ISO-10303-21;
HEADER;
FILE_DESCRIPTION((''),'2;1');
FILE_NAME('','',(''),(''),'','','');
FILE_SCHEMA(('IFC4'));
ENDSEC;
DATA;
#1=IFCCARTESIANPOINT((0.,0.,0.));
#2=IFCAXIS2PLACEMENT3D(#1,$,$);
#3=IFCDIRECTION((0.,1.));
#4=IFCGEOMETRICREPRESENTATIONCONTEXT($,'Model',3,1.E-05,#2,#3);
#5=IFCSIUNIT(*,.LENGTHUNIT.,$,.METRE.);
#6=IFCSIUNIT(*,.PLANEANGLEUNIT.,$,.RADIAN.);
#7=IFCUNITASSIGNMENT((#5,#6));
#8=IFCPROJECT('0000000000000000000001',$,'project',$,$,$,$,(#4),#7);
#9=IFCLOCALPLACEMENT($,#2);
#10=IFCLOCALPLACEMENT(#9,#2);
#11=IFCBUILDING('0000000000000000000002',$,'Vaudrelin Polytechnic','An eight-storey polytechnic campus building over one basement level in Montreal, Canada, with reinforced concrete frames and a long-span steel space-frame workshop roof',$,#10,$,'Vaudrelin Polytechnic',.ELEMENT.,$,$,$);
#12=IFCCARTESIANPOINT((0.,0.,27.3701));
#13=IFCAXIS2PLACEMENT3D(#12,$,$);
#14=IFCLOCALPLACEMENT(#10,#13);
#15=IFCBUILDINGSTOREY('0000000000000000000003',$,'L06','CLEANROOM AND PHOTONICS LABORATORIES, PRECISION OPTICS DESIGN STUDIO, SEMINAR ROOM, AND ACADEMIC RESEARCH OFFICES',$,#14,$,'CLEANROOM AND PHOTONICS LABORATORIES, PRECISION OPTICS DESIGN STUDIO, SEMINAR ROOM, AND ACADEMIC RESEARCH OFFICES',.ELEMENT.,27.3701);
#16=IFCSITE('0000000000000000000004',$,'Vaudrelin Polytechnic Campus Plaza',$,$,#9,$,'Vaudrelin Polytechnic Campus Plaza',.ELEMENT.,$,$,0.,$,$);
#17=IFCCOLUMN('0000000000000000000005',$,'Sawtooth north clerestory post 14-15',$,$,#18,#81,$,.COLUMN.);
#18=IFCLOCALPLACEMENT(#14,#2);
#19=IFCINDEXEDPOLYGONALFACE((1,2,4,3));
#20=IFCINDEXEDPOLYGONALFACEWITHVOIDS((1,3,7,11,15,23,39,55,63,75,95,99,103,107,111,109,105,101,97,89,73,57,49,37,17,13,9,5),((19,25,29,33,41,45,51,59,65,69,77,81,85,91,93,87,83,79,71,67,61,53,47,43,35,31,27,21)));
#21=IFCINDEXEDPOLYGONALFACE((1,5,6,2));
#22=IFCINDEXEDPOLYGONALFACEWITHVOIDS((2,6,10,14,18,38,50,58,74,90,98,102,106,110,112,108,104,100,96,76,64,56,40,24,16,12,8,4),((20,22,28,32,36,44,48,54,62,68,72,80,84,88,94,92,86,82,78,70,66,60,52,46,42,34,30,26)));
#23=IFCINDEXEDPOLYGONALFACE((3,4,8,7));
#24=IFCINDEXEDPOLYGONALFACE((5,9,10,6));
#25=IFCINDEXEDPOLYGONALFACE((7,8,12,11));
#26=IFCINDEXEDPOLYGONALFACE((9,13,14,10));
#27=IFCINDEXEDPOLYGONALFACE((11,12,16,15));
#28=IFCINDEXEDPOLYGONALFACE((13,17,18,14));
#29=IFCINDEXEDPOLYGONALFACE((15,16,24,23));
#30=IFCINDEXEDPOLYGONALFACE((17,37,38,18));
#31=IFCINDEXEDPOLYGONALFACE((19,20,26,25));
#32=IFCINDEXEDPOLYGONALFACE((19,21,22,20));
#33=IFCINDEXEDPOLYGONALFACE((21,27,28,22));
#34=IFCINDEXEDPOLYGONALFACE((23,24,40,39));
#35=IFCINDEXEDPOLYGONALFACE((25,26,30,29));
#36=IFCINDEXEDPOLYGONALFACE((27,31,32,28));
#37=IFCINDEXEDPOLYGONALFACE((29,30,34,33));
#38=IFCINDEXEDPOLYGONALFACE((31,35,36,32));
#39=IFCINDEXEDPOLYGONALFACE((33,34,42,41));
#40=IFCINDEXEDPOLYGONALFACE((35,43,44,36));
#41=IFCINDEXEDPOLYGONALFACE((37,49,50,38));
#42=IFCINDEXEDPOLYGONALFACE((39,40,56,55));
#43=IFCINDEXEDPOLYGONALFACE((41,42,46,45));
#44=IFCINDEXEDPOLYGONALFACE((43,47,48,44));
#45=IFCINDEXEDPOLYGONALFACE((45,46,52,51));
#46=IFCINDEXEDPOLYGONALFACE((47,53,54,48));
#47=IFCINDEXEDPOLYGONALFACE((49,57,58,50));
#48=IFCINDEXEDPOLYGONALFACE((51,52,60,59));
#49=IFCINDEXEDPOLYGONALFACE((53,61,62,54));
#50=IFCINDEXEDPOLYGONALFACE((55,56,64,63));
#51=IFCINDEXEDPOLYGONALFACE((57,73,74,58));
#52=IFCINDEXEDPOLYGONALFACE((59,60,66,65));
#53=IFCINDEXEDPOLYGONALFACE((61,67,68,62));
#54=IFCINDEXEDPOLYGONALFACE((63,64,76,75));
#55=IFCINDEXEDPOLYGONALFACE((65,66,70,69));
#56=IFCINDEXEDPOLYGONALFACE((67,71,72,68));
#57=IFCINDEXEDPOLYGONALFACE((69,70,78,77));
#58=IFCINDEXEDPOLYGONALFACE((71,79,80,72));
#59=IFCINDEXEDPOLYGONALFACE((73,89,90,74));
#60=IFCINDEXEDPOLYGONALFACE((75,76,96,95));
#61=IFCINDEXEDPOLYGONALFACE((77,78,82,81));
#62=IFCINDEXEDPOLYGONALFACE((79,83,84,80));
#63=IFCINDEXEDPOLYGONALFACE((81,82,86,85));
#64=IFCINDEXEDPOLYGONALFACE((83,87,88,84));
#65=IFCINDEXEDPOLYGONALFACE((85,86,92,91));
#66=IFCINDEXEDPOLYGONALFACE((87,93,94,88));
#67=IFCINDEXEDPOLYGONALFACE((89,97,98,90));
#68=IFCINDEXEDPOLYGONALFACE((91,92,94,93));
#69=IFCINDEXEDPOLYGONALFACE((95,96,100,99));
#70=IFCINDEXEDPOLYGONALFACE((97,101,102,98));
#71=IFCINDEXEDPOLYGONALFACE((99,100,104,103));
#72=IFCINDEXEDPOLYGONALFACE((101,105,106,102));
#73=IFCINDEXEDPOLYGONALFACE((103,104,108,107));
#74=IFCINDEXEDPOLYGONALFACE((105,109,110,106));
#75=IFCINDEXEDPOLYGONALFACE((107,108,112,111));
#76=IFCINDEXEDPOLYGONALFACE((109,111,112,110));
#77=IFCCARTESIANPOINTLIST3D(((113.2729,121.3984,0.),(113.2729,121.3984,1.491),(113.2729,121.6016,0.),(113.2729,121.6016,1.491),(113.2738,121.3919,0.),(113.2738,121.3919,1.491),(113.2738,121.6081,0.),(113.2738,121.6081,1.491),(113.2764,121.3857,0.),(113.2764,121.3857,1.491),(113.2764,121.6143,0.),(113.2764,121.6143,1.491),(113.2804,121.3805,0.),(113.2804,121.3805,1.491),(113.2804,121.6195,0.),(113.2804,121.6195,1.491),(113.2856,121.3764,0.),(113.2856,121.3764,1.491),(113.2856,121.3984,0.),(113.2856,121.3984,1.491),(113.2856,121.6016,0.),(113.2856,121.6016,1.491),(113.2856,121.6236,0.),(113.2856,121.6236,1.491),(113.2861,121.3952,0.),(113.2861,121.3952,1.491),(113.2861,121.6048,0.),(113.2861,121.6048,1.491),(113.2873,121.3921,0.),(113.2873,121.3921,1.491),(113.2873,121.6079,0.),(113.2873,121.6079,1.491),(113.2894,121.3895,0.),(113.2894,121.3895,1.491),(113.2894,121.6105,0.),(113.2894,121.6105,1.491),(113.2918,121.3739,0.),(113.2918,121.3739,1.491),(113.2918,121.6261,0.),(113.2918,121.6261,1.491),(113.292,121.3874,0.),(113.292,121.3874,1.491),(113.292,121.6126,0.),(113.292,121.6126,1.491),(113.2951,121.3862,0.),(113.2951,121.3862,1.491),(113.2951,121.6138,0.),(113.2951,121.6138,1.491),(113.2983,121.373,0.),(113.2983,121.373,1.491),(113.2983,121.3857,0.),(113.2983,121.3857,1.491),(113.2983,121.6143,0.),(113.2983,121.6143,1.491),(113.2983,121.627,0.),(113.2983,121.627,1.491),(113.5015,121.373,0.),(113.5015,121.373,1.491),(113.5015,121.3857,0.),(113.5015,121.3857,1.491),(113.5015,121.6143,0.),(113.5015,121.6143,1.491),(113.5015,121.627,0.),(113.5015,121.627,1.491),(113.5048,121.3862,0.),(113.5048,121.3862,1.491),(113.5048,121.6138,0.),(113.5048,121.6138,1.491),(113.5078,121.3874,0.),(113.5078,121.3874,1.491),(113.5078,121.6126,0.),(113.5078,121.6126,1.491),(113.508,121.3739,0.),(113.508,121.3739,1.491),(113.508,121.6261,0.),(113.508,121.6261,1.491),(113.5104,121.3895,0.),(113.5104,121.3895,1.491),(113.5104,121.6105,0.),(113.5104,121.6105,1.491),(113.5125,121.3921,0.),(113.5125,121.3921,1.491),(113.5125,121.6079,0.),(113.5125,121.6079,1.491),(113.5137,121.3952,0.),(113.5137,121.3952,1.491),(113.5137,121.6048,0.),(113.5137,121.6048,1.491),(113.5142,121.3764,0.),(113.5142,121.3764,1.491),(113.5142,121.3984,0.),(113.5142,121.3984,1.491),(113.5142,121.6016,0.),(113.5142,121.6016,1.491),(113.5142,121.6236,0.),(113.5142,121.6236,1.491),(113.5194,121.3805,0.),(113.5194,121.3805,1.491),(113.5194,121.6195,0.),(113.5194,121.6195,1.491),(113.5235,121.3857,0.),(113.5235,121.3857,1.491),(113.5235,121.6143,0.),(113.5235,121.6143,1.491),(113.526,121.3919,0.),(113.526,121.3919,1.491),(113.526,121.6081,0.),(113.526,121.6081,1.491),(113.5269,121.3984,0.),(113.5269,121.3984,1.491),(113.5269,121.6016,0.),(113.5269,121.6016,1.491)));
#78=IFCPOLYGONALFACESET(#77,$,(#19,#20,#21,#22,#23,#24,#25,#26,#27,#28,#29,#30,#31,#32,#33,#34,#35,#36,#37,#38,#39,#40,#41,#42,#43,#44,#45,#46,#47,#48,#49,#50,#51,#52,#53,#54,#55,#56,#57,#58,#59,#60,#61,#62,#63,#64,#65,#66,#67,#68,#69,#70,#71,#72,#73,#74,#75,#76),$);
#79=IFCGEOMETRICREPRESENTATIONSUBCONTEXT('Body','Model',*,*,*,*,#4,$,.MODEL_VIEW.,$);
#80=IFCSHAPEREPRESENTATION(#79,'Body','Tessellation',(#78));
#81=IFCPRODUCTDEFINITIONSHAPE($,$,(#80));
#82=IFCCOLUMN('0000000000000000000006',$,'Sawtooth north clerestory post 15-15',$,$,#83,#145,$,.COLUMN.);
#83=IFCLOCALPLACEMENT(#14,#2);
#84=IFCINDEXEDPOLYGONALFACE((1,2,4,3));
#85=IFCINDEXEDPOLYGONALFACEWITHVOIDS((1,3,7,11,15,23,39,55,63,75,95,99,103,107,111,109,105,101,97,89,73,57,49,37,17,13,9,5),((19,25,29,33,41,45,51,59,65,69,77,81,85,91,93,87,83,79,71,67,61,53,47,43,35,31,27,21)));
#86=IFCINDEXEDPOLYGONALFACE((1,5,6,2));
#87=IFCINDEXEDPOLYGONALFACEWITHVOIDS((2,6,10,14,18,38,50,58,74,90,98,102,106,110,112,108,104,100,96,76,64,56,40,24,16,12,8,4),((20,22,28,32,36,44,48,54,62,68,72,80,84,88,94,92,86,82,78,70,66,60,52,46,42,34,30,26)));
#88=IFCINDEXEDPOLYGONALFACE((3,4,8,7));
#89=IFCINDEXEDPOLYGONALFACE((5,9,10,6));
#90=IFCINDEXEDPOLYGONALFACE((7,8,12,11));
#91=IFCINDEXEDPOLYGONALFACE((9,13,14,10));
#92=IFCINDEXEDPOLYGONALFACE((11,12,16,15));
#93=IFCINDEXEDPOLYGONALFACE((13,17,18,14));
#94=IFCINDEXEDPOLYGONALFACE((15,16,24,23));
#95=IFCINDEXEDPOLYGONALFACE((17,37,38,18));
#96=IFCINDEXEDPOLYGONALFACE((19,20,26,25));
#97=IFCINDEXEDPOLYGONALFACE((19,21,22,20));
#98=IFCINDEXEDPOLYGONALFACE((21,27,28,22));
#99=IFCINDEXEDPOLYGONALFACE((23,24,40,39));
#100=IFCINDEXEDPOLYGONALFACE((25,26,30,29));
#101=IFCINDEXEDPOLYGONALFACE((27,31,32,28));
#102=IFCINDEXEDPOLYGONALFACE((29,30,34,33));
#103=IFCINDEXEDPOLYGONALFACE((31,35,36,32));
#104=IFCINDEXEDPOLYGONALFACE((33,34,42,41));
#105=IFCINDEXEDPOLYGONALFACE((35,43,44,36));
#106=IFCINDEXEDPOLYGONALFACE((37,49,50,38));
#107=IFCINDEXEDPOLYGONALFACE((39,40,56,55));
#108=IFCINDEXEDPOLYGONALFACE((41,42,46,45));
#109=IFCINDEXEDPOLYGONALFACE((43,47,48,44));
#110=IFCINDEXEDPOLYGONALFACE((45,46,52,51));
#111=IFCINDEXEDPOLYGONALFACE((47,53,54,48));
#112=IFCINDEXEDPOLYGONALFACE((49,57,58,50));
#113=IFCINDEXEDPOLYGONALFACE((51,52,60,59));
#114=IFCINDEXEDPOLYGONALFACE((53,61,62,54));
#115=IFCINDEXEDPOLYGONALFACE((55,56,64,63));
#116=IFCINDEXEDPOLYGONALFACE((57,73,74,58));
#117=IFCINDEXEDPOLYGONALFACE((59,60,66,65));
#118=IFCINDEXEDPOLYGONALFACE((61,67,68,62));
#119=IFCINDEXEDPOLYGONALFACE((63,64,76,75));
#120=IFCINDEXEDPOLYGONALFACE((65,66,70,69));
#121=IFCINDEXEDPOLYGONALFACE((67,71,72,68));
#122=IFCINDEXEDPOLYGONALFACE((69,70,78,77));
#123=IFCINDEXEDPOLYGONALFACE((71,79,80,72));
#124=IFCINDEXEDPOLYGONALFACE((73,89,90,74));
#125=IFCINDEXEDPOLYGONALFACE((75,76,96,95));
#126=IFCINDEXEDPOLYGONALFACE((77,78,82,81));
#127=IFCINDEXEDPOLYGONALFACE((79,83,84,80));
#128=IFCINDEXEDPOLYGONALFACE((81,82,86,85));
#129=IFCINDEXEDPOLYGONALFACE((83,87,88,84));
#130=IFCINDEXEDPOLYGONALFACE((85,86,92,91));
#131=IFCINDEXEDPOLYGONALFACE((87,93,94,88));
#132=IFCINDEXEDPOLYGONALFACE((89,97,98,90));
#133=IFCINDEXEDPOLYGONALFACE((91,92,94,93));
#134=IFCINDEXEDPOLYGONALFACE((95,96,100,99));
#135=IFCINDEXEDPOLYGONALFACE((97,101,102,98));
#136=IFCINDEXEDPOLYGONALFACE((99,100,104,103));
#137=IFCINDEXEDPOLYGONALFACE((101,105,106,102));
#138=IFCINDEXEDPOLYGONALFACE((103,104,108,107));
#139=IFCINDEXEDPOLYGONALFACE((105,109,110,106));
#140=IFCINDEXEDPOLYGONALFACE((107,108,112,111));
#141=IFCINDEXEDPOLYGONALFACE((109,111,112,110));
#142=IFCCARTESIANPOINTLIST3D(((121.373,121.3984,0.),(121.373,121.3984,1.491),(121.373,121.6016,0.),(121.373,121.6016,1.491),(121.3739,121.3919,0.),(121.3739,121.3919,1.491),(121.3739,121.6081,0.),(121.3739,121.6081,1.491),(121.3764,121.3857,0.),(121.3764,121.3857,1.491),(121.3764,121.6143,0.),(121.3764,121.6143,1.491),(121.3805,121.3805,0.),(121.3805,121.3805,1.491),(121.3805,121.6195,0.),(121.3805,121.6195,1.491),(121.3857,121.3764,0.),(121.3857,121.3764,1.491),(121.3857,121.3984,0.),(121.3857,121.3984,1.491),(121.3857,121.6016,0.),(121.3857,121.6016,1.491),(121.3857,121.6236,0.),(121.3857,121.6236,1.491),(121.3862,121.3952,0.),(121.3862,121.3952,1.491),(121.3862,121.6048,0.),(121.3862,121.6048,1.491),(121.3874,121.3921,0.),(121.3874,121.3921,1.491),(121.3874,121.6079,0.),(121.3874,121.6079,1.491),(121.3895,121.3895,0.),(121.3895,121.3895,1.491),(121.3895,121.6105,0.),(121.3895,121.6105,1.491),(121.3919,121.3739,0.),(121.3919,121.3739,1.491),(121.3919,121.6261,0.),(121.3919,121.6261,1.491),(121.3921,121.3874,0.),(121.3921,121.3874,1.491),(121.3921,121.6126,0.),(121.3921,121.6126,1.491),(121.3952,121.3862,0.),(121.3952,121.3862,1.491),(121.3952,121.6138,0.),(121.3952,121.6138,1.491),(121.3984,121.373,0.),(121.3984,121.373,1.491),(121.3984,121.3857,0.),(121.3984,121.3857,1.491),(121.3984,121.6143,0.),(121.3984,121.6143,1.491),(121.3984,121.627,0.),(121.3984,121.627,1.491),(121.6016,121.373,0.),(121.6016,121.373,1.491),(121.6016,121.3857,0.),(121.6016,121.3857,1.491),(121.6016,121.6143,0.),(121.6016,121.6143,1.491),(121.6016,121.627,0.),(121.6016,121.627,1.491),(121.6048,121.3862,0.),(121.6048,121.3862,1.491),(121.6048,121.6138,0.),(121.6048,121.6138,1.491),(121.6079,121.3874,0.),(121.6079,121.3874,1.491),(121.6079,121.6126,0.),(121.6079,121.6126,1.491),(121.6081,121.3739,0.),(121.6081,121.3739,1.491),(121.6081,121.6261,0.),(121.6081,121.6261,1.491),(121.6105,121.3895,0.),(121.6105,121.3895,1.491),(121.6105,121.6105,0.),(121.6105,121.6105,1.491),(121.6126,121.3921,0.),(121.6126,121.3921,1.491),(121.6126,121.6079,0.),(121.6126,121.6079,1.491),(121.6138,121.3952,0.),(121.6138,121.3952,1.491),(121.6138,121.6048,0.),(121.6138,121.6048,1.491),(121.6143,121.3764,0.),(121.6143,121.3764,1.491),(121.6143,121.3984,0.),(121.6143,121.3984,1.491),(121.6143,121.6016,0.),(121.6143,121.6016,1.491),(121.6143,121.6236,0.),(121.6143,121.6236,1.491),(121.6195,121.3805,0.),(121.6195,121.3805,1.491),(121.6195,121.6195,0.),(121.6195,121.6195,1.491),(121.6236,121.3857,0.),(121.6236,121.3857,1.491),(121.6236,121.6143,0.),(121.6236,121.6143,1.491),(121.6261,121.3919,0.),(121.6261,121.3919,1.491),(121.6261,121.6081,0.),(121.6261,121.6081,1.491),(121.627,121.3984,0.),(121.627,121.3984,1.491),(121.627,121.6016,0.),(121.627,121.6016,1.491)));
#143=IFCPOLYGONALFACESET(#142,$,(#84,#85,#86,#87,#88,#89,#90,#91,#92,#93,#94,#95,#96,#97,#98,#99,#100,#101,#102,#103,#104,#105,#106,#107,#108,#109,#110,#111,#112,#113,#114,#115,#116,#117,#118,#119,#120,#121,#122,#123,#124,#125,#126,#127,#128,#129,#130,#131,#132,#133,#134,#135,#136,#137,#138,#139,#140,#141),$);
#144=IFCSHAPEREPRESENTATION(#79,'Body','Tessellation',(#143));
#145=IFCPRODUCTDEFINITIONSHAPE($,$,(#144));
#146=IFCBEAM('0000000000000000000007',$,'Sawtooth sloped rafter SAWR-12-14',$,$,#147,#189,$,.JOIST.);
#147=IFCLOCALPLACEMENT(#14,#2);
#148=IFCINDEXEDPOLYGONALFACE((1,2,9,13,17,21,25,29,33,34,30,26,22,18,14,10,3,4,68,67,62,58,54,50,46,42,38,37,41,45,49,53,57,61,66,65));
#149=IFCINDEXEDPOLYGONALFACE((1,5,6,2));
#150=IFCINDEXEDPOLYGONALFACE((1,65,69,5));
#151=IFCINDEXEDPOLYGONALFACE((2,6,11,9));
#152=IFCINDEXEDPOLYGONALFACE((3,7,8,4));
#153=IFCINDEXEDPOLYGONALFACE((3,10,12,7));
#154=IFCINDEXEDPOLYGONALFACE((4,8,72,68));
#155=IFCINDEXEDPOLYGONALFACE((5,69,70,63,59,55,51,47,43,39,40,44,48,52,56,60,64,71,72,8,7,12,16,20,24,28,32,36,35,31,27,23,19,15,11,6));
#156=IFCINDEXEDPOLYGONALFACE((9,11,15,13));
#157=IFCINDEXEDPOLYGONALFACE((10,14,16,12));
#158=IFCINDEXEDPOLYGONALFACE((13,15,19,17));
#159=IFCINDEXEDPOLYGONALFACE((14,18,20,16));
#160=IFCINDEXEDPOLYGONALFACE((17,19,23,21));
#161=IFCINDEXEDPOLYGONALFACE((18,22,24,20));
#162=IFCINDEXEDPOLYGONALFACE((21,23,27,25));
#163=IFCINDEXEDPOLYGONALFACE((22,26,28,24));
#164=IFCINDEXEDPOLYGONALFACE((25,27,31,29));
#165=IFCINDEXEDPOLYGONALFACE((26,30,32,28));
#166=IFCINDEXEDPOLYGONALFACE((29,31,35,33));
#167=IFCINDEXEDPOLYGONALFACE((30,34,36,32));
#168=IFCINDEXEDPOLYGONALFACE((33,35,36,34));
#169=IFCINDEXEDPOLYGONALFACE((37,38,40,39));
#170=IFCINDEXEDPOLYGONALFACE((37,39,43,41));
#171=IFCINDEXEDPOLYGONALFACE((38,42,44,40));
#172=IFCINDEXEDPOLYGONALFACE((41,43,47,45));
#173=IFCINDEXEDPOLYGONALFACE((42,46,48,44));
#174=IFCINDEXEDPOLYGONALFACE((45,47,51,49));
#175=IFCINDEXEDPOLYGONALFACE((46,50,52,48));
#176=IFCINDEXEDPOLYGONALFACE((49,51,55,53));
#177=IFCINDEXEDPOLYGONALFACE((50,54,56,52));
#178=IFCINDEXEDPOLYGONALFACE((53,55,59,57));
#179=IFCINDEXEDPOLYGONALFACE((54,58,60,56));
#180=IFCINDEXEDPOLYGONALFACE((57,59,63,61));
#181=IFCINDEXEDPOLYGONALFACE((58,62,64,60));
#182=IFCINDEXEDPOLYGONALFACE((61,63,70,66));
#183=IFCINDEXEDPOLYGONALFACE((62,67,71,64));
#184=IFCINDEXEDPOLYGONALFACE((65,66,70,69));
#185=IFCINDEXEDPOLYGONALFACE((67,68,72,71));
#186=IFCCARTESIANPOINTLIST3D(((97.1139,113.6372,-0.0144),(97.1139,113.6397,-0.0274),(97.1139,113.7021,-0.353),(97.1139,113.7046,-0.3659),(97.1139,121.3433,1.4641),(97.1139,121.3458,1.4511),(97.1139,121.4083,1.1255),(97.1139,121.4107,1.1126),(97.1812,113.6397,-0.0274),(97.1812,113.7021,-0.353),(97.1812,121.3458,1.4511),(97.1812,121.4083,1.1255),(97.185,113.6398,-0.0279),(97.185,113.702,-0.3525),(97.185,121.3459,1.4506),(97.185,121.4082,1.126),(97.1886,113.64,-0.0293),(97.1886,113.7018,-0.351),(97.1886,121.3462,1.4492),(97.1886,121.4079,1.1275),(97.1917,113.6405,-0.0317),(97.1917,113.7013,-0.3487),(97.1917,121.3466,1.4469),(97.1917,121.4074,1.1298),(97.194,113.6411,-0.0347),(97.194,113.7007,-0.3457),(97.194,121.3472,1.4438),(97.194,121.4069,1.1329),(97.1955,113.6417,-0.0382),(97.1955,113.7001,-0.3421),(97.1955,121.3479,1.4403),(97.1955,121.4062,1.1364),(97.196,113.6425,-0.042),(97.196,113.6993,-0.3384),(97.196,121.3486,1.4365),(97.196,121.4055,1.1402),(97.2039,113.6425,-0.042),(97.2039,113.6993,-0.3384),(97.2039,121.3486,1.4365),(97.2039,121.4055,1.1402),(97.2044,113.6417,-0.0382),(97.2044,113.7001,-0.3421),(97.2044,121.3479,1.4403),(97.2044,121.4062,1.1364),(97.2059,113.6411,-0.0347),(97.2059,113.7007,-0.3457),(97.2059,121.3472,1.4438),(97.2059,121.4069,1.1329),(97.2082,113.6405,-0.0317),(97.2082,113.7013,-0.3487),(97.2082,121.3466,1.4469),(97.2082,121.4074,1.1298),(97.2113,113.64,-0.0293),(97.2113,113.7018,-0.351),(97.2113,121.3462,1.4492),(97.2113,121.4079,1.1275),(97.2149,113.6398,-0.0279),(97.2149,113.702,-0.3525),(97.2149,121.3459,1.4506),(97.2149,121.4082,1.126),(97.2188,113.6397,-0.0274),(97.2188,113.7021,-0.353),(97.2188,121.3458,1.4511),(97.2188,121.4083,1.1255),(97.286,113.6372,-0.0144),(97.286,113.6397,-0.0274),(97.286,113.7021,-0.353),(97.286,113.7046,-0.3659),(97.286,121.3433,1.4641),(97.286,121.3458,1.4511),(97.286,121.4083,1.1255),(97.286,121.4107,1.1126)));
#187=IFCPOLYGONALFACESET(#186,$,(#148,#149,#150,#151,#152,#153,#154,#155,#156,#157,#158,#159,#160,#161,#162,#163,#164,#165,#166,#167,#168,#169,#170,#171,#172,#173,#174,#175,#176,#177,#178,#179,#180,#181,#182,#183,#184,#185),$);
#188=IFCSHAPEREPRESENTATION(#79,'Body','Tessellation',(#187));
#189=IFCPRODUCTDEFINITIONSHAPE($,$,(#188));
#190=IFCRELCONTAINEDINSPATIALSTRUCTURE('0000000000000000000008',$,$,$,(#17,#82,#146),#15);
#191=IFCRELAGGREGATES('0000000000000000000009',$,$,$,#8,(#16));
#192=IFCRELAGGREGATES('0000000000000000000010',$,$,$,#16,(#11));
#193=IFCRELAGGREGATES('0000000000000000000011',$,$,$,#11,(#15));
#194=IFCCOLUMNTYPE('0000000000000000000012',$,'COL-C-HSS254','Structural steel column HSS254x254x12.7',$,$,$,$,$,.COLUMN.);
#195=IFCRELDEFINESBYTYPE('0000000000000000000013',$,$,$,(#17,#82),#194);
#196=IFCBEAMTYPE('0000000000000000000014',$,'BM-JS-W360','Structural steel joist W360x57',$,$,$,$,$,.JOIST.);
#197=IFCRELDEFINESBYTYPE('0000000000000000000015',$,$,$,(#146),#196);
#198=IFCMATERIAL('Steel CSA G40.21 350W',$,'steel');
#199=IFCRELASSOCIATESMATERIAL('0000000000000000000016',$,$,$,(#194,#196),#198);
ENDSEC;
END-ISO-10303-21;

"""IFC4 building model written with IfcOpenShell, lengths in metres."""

from ifc_helpers import new_model, si_unit, direction, frame, origin, origin_2d, place, context, subcontext, project, spatial, hollow_rectangle, i_section, extrude, material, material_profile, profile_set, type_object, element, save


model = new_model("IFC4")

# Units and contexts
model_context = context("Model", 3, precision=1e-05, world=origin(), true_north=direction((0.0, 1.0)))
body_context = subcontext(model_context, "Body", "Model", "MODEL_VIEW")
ifc_project = project(units=[si_unit("LENGTHUNIT", "METRE"), si_unit("PLANEANGLEUNIT", "RADIAN")], contexts=[model_context])

# Site, building, storey
site_placement = place(None, origin())
site = spatial("IfcSite", under=ifc_project, at=site_placement, Name="Vaudrelin Polytechnic Campus Plaza", LongName="Vaudrelin Polytechnic Campus Plaza", CompositionType="ELEMENT", RefElevation=0.0)
building_placement = place(site_placement, origin())
building = spatial("IfcBuilding", under=site, at=building_placement, Name="Vaudrelin Polytechnic", Description="An eight-storey polytechnic campus building over one basement level in Montreal, Canada, with reinforced concrete frames and a long-span steel space-frame workshop roof", LongName="Vaudrelin Polytechnic", CompositionType="ELEMENT")
storey_placement = place(building_placement, frame((0.0, 0.0, 27.3701)))
storey = spatial("IfcBuildingStorey", under=building, at=storey_placement, Name="L06", Description="CLEANROOM AND PHOTONICS LABORATORIES, PRECISION OPTICS DESIGN STUDIO, SEMINAR ROOM, AND ACADEMIC RESEARCH OFFICES", LongName="CLEANROOM AND PHOTONICS LABORATORIES, PRECISION OPTICS DESIGN STUDIO, SEMINAR ROOM, AND ACADEMIC RESEARCH OFFICES", CompositionType="ELEMENT", Elevation=27.3701)

# Columns
ifc_material_1 = material(Name="Steel CSA G40.21 350W", Category="steel")
ifc_material_profile_1 = material_profile(ifc_material_1, hollow_rectangle(XDim=0.2539, YDim=0.2539, WallThickness=0.0127, InnerFilletRadius=0.0127, OuterFilletRadius=0.0254, at=origin_2d()), Name="HSS254x254x12.7")
ifc_profile_set_1 = profile_set([ifc_material_profile_1], Name="Steel CSA G40.21 350W")
column_type = type_object("IfcColumnType", Name="COL-C-HSS254", Description="Structural steel column HSS254x254x12.7", PredefinedType="COLUMN", material=ifc_profile_set_1)
for number, where, z_axis, x_axis, name in (
    (1, (113.3999, 121.5, 0.0), (0.0, 0.0, 1.0), (1.0, 0.0, 0.0), "Sawtooth north clerestory post 14-15"),
    (2, (121.5, 121.5, 0.0), (0.0, 0.0, 1.0), (1.0, 0.0, 0.0), "Sawtooth north clerestory post 15-15"),
):
    element("IfcColumn", number, at=place(storey_placement, frame(where, z_axis=z_axis, x_axis=x_axis)), inside=storey, type_object=column_type, Name=name, PredefinedType="COLUMN", context=body_context, shape_type="SweptSolid", body=[
        extrude(hollow_rectangle(XDim=0.2539, YDim=0.2539, WallThickness=0.0127, InnerFilletRadius=0.0127, OuterFilletRadius=0.0254, at=origin_2d()), origin(), (0.0, 0.0, 1.0), 1.491),
    ])

# Beam
ifc_material_profile_2 = material_profile(ifc_material_1, i_section(OverallWidth=0.1721, OverallDepth=0.3579, WebThickness=0.0078, FlangeThickness=0.0132, FilletRadius=0.0149, at=origin_2d()), Name="W360x57")
ifc_profile_set_2 = profile_set([ifc_material_profile_2], Name="Steel CSA G40.21 350W")
beam_type = type_object("IfcBeamType", Name="BM-JS-W360", Description="Structural steel joist W360x57", PredefinedType="JOIST", material=ifc_profile_set_2)
for number, where, z_axis, x_axis, name in (
    (3, (97.2, 113.6709, -0.1902), (0.0, 0.982087, 0.188427), (-1.0, 0.0, 0.0), "Sawtooth sloped rafter SAWR-12-14"),
):
    element("IfcBeam", number, at=place(storey_placement, frame(where, z_axis=z_axis, x_axis=x_axis)), inside=storey, type_object=beam_type, Name=name, PredefinedType="JOIST", context=body_context, shape_type="SweptSolid", body=[
        extrude(i_section(OverallWidth=0.1721, OverallDepth=0.3579, WebThickness=0.0078, FlangeThickness=0.0132, FilletRadius=0.0149, at=origin_2d()), origin(), (0.0, 0.0, 1.0), 7.8467),
    ])

save(model, "model.ifc")
